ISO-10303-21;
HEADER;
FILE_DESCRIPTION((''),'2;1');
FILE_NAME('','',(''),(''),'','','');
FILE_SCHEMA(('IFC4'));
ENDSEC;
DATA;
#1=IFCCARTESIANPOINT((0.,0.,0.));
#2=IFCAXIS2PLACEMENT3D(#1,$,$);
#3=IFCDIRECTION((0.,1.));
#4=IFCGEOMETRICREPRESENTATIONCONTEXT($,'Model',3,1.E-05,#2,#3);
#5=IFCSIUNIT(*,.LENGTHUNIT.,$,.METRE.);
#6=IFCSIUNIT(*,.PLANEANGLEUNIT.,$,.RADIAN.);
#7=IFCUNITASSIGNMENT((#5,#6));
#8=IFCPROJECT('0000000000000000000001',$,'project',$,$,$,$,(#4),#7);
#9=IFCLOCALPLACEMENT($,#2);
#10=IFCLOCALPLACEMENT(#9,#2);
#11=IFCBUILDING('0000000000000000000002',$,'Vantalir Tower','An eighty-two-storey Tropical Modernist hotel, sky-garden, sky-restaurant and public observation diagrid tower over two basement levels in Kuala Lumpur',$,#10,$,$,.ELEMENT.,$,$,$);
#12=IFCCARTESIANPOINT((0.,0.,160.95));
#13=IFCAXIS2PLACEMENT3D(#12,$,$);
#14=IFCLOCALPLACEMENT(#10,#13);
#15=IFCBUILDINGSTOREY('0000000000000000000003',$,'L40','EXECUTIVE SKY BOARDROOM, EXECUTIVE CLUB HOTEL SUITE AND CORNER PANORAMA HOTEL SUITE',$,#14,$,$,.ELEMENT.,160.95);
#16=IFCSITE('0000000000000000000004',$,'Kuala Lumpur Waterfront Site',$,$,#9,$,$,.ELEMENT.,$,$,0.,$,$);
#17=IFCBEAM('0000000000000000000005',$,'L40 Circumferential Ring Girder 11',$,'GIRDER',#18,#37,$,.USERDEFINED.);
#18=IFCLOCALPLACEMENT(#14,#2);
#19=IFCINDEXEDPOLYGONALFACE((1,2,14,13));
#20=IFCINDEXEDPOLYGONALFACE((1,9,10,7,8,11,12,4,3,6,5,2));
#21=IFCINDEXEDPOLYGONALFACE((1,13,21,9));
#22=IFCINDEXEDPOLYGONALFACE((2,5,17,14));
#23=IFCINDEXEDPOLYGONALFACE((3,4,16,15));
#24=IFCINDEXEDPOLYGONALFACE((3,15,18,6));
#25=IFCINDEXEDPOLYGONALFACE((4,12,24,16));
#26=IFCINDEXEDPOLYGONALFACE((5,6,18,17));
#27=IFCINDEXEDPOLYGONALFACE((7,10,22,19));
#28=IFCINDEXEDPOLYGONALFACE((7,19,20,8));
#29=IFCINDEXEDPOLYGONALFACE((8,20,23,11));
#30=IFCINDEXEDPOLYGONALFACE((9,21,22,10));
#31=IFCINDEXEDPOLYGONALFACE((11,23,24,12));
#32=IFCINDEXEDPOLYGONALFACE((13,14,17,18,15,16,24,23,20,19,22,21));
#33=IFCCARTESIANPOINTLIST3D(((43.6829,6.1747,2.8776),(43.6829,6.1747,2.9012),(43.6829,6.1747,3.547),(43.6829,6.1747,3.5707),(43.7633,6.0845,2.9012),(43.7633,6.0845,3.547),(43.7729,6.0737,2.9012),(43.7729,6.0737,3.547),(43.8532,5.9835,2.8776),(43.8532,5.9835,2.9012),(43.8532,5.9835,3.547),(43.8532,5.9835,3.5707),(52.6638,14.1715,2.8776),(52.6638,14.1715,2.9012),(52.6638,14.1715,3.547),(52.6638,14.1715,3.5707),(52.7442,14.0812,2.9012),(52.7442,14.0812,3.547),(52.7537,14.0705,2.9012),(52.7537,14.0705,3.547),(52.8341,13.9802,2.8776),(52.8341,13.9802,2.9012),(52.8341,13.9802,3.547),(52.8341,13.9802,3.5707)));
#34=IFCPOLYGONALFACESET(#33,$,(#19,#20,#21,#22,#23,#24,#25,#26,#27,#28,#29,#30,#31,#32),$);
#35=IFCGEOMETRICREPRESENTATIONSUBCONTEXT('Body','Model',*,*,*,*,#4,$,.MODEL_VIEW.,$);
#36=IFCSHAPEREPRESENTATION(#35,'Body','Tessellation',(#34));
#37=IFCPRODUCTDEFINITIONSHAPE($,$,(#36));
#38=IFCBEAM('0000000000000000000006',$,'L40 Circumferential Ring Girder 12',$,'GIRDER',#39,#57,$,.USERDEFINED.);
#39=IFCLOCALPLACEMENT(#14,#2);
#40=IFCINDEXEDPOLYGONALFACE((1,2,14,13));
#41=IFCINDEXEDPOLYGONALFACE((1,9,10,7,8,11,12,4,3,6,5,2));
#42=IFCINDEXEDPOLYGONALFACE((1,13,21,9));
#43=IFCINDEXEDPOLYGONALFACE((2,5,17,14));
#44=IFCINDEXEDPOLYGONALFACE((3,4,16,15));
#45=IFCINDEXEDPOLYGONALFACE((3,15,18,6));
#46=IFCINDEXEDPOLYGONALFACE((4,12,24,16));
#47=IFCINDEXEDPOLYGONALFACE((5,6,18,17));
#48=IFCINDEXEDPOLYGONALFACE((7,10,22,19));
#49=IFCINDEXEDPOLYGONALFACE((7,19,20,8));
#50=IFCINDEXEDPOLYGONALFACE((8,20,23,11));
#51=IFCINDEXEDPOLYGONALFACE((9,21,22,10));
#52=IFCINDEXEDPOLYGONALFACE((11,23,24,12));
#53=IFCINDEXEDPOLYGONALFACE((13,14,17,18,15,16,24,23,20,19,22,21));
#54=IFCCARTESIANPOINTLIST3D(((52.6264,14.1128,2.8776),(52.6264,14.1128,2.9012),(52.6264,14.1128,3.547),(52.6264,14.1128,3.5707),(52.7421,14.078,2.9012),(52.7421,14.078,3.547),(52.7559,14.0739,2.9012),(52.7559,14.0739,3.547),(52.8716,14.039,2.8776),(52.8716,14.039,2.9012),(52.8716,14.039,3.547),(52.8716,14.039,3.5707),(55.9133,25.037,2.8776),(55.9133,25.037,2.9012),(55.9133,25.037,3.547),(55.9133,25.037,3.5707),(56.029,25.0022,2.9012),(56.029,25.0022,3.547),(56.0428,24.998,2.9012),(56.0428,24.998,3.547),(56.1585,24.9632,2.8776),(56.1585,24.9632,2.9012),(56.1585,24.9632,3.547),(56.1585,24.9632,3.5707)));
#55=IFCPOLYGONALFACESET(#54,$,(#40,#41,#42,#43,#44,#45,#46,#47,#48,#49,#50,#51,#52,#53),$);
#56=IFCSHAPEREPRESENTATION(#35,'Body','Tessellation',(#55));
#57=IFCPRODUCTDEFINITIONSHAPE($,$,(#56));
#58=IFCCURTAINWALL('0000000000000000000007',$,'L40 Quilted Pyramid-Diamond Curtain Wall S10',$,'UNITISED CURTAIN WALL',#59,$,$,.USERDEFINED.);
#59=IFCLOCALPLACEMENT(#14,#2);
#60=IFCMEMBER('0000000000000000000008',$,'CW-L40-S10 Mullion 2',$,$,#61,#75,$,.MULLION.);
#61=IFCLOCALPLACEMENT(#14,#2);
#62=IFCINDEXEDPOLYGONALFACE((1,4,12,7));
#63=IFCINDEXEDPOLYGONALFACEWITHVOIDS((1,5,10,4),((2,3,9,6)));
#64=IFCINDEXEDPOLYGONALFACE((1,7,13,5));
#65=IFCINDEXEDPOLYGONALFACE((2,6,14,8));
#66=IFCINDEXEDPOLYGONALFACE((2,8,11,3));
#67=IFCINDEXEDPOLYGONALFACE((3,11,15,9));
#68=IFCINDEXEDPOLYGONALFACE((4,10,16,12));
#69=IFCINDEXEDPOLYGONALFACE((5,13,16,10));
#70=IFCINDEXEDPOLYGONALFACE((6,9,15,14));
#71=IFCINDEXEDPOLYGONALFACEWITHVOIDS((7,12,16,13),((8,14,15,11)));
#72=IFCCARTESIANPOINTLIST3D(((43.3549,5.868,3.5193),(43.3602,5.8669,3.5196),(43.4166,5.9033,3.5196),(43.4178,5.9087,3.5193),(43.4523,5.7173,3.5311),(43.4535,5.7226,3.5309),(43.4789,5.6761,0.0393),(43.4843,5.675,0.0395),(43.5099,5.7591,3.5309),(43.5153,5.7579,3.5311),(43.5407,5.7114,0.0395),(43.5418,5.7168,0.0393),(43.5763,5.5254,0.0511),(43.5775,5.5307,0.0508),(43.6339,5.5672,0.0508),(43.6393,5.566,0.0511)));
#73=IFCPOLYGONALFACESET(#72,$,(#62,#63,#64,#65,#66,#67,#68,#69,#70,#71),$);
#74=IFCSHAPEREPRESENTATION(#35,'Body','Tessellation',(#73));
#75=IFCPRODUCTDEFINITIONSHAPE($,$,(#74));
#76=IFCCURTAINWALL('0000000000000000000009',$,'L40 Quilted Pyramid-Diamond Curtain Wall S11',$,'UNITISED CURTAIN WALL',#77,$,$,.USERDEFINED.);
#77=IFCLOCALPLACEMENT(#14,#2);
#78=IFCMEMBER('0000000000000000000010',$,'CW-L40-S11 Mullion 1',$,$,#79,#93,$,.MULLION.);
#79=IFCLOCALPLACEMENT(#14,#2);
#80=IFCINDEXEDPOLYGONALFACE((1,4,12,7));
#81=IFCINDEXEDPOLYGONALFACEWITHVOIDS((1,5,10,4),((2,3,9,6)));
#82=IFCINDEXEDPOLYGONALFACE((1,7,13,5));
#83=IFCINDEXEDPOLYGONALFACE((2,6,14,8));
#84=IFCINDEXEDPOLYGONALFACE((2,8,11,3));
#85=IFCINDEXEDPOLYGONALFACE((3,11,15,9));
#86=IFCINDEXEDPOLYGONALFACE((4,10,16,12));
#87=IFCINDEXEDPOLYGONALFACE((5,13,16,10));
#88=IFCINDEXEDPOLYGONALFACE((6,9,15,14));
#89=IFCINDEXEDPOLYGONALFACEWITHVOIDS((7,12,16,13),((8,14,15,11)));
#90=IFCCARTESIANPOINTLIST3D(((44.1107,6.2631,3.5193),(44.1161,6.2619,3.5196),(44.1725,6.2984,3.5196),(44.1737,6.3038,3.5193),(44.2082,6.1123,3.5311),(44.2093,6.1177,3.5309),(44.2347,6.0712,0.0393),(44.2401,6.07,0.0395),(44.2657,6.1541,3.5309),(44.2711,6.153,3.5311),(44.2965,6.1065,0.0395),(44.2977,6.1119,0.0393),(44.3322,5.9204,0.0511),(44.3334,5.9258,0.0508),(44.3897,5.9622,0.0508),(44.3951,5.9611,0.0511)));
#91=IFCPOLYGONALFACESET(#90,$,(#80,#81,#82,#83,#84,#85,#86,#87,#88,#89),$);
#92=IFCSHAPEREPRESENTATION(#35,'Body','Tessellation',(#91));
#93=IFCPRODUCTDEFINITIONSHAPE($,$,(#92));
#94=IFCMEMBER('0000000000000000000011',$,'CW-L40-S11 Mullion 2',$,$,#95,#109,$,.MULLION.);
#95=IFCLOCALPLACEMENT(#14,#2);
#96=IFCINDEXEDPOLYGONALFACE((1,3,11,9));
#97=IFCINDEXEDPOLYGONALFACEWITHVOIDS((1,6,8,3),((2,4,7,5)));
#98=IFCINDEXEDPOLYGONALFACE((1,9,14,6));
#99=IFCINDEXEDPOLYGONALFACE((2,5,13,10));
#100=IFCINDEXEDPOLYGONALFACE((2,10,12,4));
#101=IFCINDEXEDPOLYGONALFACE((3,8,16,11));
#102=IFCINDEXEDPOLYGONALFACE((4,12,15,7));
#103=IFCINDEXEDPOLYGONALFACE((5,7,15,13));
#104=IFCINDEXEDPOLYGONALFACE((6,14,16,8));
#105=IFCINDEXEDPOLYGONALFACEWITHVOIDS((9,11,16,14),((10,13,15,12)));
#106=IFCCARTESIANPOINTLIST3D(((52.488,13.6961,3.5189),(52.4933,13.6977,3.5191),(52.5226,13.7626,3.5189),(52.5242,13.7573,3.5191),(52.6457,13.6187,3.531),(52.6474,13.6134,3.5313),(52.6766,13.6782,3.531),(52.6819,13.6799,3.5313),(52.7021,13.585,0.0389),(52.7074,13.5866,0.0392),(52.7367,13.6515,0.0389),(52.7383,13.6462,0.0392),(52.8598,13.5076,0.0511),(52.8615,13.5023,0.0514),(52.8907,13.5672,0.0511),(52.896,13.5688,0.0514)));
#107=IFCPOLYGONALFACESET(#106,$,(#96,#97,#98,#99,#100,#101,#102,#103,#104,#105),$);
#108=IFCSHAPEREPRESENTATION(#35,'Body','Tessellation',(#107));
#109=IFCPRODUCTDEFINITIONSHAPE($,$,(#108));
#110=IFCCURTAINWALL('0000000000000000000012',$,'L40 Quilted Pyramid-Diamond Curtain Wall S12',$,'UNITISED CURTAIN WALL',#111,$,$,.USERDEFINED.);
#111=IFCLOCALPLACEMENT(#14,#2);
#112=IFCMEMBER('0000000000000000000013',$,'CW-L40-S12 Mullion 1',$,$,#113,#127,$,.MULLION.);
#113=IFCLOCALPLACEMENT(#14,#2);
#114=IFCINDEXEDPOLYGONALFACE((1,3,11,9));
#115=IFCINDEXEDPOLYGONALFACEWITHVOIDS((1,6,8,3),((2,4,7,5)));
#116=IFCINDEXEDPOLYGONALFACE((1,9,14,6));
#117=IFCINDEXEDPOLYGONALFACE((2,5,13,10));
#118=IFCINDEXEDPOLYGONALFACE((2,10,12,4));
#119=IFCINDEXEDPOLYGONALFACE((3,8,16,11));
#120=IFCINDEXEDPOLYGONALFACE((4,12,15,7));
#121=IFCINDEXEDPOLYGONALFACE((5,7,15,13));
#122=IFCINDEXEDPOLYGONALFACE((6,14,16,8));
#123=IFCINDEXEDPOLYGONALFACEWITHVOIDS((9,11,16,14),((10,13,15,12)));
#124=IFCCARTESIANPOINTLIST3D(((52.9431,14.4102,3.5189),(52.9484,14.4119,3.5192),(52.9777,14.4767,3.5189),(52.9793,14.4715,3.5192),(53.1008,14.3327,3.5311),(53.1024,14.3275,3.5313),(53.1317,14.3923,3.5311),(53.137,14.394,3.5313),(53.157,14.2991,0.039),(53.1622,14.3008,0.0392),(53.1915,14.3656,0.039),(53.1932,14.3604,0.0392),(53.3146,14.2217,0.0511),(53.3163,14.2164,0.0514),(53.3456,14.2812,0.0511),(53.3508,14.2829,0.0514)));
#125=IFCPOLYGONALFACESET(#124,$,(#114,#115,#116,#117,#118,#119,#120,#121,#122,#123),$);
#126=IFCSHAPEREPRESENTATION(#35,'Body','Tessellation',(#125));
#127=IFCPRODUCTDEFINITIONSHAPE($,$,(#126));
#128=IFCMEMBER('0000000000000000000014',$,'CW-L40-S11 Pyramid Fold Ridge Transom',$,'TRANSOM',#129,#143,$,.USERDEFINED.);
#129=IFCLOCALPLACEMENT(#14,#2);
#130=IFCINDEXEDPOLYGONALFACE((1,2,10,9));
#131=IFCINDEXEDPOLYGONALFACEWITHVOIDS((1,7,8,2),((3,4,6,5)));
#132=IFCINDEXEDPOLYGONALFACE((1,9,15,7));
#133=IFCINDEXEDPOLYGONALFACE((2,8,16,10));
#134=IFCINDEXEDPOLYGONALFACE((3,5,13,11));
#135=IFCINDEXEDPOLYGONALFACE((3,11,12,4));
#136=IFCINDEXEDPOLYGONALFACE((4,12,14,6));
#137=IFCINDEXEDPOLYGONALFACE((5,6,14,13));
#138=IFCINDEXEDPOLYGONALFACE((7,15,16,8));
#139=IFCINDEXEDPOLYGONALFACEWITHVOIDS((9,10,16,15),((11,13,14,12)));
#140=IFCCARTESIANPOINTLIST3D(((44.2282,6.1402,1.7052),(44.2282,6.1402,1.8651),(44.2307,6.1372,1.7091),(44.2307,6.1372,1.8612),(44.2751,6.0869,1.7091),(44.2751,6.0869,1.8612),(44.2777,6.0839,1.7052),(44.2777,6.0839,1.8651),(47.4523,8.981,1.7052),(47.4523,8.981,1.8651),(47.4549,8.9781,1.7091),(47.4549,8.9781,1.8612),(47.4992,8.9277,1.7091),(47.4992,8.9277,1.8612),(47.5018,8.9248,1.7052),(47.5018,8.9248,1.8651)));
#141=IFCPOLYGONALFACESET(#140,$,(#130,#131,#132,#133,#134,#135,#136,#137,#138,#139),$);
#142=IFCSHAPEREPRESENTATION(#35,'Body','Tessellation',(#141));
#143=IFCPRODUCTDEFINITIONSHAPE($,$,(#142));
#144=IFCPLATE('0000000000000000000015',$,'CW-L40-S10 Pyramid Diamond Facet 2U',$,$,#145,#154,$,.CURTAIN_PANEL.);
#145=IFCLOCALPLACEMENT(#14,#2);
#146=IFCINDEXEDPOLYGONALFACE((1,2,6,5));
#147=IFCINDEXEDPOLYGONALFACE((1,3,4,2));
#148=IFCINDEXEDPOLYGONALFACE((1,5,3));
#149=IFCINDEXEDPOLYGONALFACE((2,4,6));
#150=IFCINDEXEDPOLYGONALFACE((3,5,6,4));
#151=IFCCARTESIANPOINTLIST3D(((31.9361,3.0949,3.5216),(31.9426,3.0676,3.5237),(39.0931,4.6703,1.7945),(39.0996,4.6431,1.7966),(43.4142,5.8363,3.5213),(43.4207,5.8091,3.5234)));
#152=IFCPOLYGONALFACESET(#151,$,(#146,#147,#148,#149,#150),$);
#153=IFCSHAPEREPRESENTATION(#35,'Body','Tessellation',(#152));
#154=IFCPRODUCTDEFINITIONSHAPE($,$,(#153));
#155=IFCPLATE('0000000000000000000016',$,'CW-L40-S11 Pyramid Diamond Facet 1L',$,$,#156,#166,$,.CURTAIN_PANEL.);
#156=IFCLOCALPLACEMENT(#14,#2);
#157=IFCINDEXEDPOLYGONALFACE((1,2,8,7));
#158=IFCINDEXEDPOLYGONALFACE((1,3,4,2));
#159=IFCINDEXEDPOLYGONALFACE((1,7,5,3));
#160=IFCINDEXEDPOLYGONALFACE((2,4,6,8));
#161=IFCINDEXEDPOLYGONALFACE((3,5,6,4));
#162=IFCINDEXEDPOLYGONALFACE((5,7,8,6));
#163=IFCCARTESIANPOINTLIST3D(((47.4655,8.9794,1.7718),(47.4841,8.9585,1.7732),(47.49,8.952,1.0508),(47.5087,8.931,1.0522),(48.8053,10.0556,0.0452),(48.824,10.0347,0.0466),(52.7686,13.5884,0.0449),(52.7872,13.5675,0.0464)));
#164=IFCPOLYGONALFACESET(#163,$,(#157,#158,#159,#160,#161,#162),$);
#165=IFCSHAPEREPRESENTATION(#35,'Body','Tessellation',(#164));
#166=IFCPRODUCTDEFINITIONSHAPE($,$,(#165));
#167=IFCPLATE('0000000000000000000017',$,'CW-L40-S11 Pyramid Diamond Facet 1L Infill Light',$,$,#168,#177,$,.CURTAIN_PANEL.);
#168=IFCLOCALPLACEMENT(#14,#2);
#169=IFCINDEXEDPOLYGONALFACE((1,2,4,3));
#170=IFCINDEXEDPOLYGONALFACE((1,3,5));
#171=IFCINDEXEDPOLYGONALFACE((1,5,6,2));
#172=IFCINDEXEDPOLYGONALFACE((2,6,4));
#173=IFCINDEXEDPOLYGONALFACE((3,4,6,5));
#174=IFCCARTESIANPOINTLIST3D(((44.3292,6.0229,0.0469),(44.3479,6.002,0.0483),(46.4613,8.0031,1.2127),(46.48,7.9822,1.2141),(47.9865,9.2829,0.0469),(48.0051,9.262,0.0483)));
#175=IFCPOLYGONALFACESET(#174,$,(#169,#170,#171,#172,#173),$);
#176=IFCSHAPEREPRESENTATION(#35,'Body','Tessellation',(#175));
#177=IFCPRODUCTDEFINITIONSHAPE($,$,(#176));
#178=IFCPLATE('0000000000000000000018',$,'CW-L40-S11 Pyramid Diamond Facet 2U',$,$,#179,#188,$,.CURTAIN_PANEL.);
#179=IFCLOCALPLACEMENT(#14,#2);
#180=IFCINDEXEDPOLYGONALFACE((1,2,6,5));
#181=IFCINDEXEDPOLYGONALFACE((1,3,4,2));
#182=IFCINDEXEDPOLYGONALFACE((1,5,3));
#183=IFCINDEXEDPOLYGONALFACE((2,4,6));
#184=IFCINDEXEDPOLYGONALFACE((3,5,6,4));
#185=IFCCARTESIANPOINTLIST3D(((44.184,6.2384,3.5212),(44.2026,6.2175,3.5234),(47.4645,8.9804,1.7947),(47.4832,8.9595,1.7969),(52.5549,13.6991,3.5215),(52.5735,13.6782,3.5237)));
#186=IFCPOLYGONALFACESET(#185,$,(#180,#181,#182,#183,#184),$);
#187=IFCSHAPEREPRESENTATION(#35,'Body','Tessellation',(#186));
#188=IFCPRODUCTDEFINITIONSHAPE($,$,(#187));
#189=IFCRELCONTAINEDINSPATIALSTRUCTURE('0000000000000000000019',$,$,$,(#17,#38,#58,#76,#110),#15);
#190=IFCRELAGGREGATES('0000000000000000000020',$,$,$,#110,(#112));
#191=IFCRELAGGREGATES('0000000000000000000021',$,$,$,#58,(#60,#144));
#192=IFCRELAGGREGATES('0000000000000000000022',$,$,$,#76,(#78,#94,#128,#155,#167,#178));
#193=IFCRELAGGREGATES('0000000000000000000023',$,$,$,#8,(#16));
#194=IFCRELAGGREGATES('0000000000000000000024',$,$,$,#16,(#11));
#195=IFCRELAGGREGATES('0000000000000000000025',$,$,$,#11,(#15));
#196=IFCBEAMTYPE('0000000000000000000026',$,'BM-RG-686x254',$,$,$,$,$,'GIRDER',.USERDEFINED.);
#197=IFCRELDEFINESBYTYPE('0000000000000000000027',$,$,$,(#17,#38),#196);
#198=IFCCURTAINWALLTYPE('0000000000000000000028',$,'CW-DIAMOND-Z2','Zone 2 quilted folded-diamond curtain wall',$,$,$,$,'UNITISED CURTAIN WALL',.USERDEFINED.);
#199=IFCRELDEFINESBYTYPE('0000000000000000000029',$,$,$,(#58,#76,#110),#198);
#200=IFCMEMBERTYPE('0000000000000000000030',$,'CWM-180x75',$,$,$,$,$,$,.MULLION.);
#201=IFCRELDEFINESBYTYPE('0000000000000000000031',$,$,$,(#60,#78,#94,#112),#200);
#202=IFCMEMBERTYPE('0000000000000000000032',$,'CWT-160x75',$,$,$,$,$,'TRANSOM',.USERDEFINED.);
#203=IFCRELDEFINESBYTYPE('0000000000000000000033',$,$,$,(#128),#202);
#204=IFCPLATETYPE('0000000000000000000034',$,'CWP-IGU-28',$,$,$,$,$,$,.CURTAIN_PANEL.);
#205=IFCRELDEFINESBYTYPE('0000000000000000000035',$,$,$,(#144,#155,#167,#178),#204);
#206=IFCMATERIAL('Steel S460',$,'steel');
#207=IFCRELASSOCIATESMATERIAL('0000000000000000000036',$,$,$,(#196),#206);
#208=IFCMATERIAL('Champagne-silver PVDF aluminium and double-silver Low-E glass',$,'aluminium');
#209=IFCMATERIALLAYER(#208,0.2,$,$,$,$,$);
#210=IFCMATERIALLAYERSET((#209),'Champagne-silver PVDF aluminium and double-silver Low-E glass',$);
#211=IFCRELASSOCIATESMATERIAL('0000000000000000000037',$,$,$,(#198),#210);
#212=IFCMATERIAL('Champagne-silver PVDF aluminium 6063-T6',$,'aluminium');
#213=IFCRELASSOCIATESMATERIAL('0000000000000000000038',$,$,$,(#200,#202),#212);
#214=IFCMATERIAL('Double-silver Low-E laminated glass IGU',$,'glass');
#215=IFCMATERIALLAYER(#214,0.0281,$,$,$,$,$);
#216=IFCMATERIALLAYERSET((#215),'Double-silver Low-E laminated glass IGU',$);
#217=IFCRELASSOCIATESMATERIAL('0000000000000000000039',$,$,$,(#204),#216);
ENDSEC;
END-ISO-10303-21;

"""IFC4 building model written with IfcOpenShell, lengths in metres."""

from ifc_helpers import new_model, si_unit, direction, frame, origin, origin_2d, place, context, subcontext, project, spatial, polyline, hollow_rectangle, i_section, outline, extrude, material, layer, layer_set, material_profile, profile_set, type_object, element, aggregate, save


model = new_model("IFC4")

# Units and contexts
model_context = context("Model", 3, precision=1e-05, world=origin(), true_north=direction((0.0, 1.0)))
body_context = subcontext(model_context, "Body", "Model", "MODEL_VIEW")
ifc_project = project(units=[si_unit("LENGTHUNIT", "METRE"), si_unit("PLANEANGLEUNIT", "RADIAN")], contexts=[model_context])

# Site, building, storey
site_placement = place(None, origin())
site = spatial("IfcSite", under=ifc_project, at=site_placement, Name="Kuala Lumpur Waterfront Site", CompositionType="ELEMENT", RefElevation=0.0)
building_placement = place(site_placement, origin())
building = spatial("IfcBuilding", under=site, at=building_placement, Name="Vantalir Tower", Description="An eighty-two-storey Tropical Modernist hotel, sky-garden, sky-restaurant and public observation diagrid tower over two basement levels in Kuala Lumpur", CompositionType="ELEMENT")
storey_placement = place(building_placement, frame((0.0, 0.0, 160.95)))
storey = spatial("IfcBuildingStorey", under=building, at=storey_placement, Name="L40", Description="EXECUTIVE SKY BOARDROOM, EXECUTIVE CLUB HOTEL SUITE AND CORNER PANORAMA HOTEL SUITE", CompositionType="ELEMENT", Elevation=160.95)

# Shared definitions
ifc_material_1 = material(Name="Steel S460", Category="steel")

# Beams
ifc_material_profile_1 = material_profile(ifc_material_1, i_section(OverallWidth=0.2561, OverallDepth=0.6931, WebThickness=0.0144, FlangeThickness=0.0237, at=origin_2d()), Name="Steel S460")
ifc_profile_set_1 = profile_set([ifc_material_profile_1], Name="Steel S460")
beam_type_1 = type_object("IfcBeamType", Name="BM-RG-686x254", ElementType="GIRDER", PredefinedType="USERDEFINED", material=ifc_profile_set_1)
beam_1_placement = place(storey_placement, frame((43.7681, 6.0791, 3.2241), z_axis=(0.746841, 0.665002, 0.0), x_axis=(-0.665002, 0.746841, 0.0)))
element("IfcBeam", 1, at=beam_1_placement, inside=storey, type_object=beam_type_1, Name="L40 Circumferential Ring Girder 11", ObjectType="GIRDER", PredefinedType="USERDEFINED", context=body_context, shape_type="SweptSolid", body=[
    extrude(i_section(OverallWidth=0.2561, OverallDepth=0.6931, WebThickness=0.0144, FlangeThickness=0.0237, at=origin_2d()), origin(), (0.0, 0.0, 1.0), 12.0251),
])
beam_2_placement = place(storey_placement, frame((52.749, 14.0759, 3.2241), z_axis=(0.288123, 0.957593, 0.0), x_axis=(-0.957593, 0.288123, 0.0)))
element("IfcBeam", 2, at=beam_2_placement, inside=storey, type_object=beam_type_1, Name="L40 Circumferential Ring Girder 12", ObjectType="GIRDER", PredefinedType="USERDEFINED", context=body_context, shape_type="SweptSolid", body=[
    extrude(i_section(OverallWidth=0.2561, OverallDepth=0.6931, WebThickness=0.0144, FlangeThickness=0.0237, at=origin_2d()), origin(), (0.0, 0.0, 1.0), 11.408),
])

# Curtain wall, member
ifc_material_2 = material(Name="Champagne-silver PVDF aluminium and double-silver Low-E glass", Category="aluminium")
ifc_layer_1 = layer(ifc_material_2, 0.2)
ifc_layer_set_1 = layer_set([ifc_layer_1], Name="Champagne-silver PVDF aluminium and double-silver Low-E glass")
curtain_wall_type = type_object("IfcCurtainWallType", Name="CW-DIAMOND-Z2", Description="Zone 2 quilted folded-diamond curtain wall", ElementType="UNITISED CURTAIN WALL", PredefinedType="USERDEFINED", material=ifc_layer_set_1)
curtain_wall_1_placement = place(storey_placement, origin())
curtain_wall_1 = element("IfcCurtainWall", 3, at=curtain_wall_1_placement, inside=storey, type_object=curtain_wall_type, Name="L40 Quilted Pyramid-Diamond Curtain Wall S10", ObjectType="UNITISED CURTAIN WALL", PredefinedType="USERDEFINED")
ifc_material_3 = material(Name="Champagne-silver PVDF aluminium 6063-T6", Category="aluminium")
ifc_material_profile_2 = material_profile(ifc_material_3, hollow_rectangle(XDim=0.075, YDim=0.1799, WallThickness=0.0039, at=origin_2d()), Name="Champagne-silver PVDF aluminium 6063-T6")
ifc_profile_set_2 = profile_set([ifc_material_profile_2], Name="Champagne-silver PVDF aluminium 6063-T6")
member_type_1 = type_object("IfcMemberType", Name="CWM-180x75", PredefinedType="MULLION", material=ifc_profile_set_2)
member_1_placement = place(storey_placement, frame((43.5591, 5.6211, 0.0452), z_axis=(-0.035563, 0.055024, 0.997852), x_axis=(-0.839857, -0.542808, 0.0)))
member_1 = element("IfcMember", 4, at=member_1_placement, type_object=member_type_1, Name="CW-L40-S10 Mullion 2", PredefinedType="MULLION", context=body_context, shape_type="SweptSolid", body=[
    extrude(hollow_rectangle(XDim=0.075, YDim=0.1799, WallThickness=0.0039, at=origin_2d()), origin(), (0.0, 0.0, 1.0), 3.4875),
])

# Curtain wall, members
curtain_wall_2_placement = place(storey_placement, origin())
curtain_wall_2 = element("IfcCurtainWall", 5, at=curtain_wall_2_placement, inside=storey, type_object=curtain_wall_type, Name="L40 Quilted Pyramid-Diamond Curtain Wall S11", ObjectType="UNITISED CURTAIN WALL", PredefinedType="USERDEFINED")
member_2_placement = place(storey_placement, frame((44.3149, 6.0161, 0.0452), z_axis=(-0.035563, 0.055024, 0.997852), x_axis=(-0.839857, -0.542808, 0.0)))
member_2 = element("IfcMember", 6, at=member_2_placement, type_object=member_type_1, Name="CW-L40-S11 Mullion 1", PredefinedType="MULLION", context=body_context, shape_type="SweptSolid", body=[
    extrude(hollow_rectangle(XDim=0.075, YDim=0.1799, WallThickness=0.0039, at=origin_2d()), origin(), (0.0, 0.0, 1.0), 3.4875),
])
member_3_placement = place(storey_placement, frame((52.7991, 13.5769, 0.0452), z_axis=(-0.061379, 0.031844, 0.997606), x_axis=(-0.460524, -0.887647, 0.0)))
member_3 = element("IfcMember", 7, at=member_3_placement, type_object=member_type_1, Name="CW-L40-S11 Mullion 2", PredefinedType="MULLION", context=body_context, shape_type="SweptSolid", body=[
    extrude(hollow_rectangle(XDim=0.075, YDim=0.1799, WallThickness=0.0039, at=origin_2d()), origin(), (0.0, 0.0, 1.0), 3.4883),
])

# Curtain wall, member
curtain_wall_3_placement = place(storey_placement, origin())
curtain_wall_3 = element("IfcCurtainWall", 8, at=curtain_wall_3_placement, inside=storey, type_object=curtain_wall_type, Name="L40 Quilted Pyramid-Diamond Curtain Wall S12", ObjectType="UNITISED CURTAIN WALL", PredefinedType="USERDEFINED")
member_4_placement = place(storey_placement, frame((53.2539, 14.291, 0.0452), z_axis=(-0.06131, 0.031845, 0.997611), x_axis=(-0.460938, -0.887432, 0.0)))
member_4 = element("IfcMember", 9, at=member_4_placement, type_object=member_type_1, Name="CW-L40-S12 Mullion 1", PredefinedType="MULLION", context=body_context, shape_type="SweptSolid", body=[
    extrude(hollow_rectangle(XDim=0.075, YDim=0.1799, WallThickness=0.0039, at=origin_2d()), origin(), (0.0, 0.0, 1.0), 3.4883),
])
aggregate(curtain_wall_3, [member_4])

# Member
ifc_material_profile_3 = material_profile(ifc_material_3, hollow_rectangle(XDim=0.075, YDim=0.1599, WallThickness=0.0039, at=origin_2d()), Name="Champagne-silver PVDF aluminium 6063-T6")
ifc_profile_set_3 = profile_set([ifc_material_profile_3], Name="Champagne-silver PVDF aluminium 6063-T6")
member_type_2 = type_object("IfcMemberType", Name="CWT-160x75", ElementType="TRANSOM", PredefinedType="USERDEFINED", material=ifc_profile_set_3)
member_5_placement = place(storey_placement, frame((44.2529, 6.1121, 1.7852), z_axis=(0.750299, 0.661099, 0.0), x_axis=(-0.661099, 0.750299, 0.0)))
member_5 = element("IfcMember", 10, at=member_5_placement, type_object=member_type_2, Name="CW-L40-S11 Pyramid Fold Ridge Transom", ObjectType="TRANSOM", PredefinedType="USERDEFINED", context=body_context, shape_type="SweptSolid", body=[
    extrude(hollow_rectangle(XDim=0.075, YDim=0.1599, WallThickness=0.0039, at=origin_2d()), origin(), (0.0, 0.0, 1.0), 4.2971),
])

# Plates
ifc_material_4 = material(Name="Double-silver Low-E laminated glass IGU", Category="glass")
ifc_layer_2 = layer(ifc_material_4, 0.0281)
ifc_layer_set_2 = layer_set([ifc_layer_2], Name="Double-silver Low-E laminated glass IGU")
plate_type_1 = type_object("IfcPlateType", Name="CWP-IGU-28", PredefinedType="CURTAIN_PANEL", material=ifc_layer_set_2)
plate_1_placement = place(storey_placement, frame((43.4207, 5.8091, 3.5234), z_axis=(0.231653, -0.969885, 0.075237), x_axis=(-0.972642, -0.232309, 0.000021)))
plate_1 = element("IfcPlate", 11, at=plate_1_placement, type_object=plate_type_1, Name="CW-L40-S10 Pyramid Diamond Facet 2U", PredefinedType="CURTAIN_PANEL", context=body_context, shape_type="SweptSolid", body=[
    extrude(outline(polyline([(0.0, 0.0), (11.8009, 0.0), (4.4737, 1.7318), (0.0, 0.0)])), origin(), (0.0, 0.0, -1.0), 0.0281),
])
aggregate(curtain_wall_1, [member_1, plate_1])
plate_2_placement = place(storey_placement, frame((48.824, 10.0347, 0.0466), z_axis=(0.664544, -0.745505, 0.051022), x_axis=(0.746479, 0.665409, -0.000048)))
plate_2 = element("IfcPlate", 12, at=plate_2_placement, type_object=plate_type_1, Name="CW-L40-S11 Pyramid Diamond Facet 1L", PredefinedType="CURTAIN_PANEL", context=body_context, shape_type="SweptSolid", body=[
    extrude(outline(polyline([(0.0, 0.0), (5.3093, 0.0), (-1.7163, 1.7287), (-1.7163, 1.0068), (0.0, 0.0)])), origin(), (0.0, 0.0, -1.0), 0.0281),
])
plate_3_placement = place(storey_placement, frame((44.3479, 6.002, 0.0483), z_axis=(0.66454, -0.745512, 0.050976), x_axis=(0.746482, 0.665406, 0.0)))
plate_3 = element("IfcPlate", 13, at=plate_3_placement, type_object=plate_type_1, Name="CW-L40-S11 Pyramid Diamond Facet 1L Infill Light", PredefinedType="CURTAIN_PANEL", context=body_context, shape_type="SweptSolid", body=[
    extrude(outline(polyline([(0.0, 0.0), (4.8993, 0.0), (2.9092, 1.1673), (0.0, 0.0)])), origin(), (0.0, 0.0, -1.0), 0.0281),
])
plate_4_placement = place(storey_placement, frame((52.5735, 13.6782, 3.5237), z_axis=(0.663307, -0.744229, 0.078397), x_axis=(-0.746526, -0.665357, -0.000022)))
plate_4 = element("IfcPlate", 14, at=plate_4_placement, type_object=plate_type_1, Name="CW-L40-S11 Pyramid Diamond Facet 2U", PredefinedType="CURTAIN_PANEL", context=body_context, shape_type="SweptSolid", body=[
    extrude(outline(polyline([(0.0, 0.0), (11.2131, 0.0), (6.9398, 1.732), (0.0, 0.0)])), origin(), (0.0, 0.0, -1.0), 0.0281),
])
aggregate(curtain_wall_2, [member_2, member_3, member_5, plate_2, plate_3, plate_4])

save(model, "model.ifc")
